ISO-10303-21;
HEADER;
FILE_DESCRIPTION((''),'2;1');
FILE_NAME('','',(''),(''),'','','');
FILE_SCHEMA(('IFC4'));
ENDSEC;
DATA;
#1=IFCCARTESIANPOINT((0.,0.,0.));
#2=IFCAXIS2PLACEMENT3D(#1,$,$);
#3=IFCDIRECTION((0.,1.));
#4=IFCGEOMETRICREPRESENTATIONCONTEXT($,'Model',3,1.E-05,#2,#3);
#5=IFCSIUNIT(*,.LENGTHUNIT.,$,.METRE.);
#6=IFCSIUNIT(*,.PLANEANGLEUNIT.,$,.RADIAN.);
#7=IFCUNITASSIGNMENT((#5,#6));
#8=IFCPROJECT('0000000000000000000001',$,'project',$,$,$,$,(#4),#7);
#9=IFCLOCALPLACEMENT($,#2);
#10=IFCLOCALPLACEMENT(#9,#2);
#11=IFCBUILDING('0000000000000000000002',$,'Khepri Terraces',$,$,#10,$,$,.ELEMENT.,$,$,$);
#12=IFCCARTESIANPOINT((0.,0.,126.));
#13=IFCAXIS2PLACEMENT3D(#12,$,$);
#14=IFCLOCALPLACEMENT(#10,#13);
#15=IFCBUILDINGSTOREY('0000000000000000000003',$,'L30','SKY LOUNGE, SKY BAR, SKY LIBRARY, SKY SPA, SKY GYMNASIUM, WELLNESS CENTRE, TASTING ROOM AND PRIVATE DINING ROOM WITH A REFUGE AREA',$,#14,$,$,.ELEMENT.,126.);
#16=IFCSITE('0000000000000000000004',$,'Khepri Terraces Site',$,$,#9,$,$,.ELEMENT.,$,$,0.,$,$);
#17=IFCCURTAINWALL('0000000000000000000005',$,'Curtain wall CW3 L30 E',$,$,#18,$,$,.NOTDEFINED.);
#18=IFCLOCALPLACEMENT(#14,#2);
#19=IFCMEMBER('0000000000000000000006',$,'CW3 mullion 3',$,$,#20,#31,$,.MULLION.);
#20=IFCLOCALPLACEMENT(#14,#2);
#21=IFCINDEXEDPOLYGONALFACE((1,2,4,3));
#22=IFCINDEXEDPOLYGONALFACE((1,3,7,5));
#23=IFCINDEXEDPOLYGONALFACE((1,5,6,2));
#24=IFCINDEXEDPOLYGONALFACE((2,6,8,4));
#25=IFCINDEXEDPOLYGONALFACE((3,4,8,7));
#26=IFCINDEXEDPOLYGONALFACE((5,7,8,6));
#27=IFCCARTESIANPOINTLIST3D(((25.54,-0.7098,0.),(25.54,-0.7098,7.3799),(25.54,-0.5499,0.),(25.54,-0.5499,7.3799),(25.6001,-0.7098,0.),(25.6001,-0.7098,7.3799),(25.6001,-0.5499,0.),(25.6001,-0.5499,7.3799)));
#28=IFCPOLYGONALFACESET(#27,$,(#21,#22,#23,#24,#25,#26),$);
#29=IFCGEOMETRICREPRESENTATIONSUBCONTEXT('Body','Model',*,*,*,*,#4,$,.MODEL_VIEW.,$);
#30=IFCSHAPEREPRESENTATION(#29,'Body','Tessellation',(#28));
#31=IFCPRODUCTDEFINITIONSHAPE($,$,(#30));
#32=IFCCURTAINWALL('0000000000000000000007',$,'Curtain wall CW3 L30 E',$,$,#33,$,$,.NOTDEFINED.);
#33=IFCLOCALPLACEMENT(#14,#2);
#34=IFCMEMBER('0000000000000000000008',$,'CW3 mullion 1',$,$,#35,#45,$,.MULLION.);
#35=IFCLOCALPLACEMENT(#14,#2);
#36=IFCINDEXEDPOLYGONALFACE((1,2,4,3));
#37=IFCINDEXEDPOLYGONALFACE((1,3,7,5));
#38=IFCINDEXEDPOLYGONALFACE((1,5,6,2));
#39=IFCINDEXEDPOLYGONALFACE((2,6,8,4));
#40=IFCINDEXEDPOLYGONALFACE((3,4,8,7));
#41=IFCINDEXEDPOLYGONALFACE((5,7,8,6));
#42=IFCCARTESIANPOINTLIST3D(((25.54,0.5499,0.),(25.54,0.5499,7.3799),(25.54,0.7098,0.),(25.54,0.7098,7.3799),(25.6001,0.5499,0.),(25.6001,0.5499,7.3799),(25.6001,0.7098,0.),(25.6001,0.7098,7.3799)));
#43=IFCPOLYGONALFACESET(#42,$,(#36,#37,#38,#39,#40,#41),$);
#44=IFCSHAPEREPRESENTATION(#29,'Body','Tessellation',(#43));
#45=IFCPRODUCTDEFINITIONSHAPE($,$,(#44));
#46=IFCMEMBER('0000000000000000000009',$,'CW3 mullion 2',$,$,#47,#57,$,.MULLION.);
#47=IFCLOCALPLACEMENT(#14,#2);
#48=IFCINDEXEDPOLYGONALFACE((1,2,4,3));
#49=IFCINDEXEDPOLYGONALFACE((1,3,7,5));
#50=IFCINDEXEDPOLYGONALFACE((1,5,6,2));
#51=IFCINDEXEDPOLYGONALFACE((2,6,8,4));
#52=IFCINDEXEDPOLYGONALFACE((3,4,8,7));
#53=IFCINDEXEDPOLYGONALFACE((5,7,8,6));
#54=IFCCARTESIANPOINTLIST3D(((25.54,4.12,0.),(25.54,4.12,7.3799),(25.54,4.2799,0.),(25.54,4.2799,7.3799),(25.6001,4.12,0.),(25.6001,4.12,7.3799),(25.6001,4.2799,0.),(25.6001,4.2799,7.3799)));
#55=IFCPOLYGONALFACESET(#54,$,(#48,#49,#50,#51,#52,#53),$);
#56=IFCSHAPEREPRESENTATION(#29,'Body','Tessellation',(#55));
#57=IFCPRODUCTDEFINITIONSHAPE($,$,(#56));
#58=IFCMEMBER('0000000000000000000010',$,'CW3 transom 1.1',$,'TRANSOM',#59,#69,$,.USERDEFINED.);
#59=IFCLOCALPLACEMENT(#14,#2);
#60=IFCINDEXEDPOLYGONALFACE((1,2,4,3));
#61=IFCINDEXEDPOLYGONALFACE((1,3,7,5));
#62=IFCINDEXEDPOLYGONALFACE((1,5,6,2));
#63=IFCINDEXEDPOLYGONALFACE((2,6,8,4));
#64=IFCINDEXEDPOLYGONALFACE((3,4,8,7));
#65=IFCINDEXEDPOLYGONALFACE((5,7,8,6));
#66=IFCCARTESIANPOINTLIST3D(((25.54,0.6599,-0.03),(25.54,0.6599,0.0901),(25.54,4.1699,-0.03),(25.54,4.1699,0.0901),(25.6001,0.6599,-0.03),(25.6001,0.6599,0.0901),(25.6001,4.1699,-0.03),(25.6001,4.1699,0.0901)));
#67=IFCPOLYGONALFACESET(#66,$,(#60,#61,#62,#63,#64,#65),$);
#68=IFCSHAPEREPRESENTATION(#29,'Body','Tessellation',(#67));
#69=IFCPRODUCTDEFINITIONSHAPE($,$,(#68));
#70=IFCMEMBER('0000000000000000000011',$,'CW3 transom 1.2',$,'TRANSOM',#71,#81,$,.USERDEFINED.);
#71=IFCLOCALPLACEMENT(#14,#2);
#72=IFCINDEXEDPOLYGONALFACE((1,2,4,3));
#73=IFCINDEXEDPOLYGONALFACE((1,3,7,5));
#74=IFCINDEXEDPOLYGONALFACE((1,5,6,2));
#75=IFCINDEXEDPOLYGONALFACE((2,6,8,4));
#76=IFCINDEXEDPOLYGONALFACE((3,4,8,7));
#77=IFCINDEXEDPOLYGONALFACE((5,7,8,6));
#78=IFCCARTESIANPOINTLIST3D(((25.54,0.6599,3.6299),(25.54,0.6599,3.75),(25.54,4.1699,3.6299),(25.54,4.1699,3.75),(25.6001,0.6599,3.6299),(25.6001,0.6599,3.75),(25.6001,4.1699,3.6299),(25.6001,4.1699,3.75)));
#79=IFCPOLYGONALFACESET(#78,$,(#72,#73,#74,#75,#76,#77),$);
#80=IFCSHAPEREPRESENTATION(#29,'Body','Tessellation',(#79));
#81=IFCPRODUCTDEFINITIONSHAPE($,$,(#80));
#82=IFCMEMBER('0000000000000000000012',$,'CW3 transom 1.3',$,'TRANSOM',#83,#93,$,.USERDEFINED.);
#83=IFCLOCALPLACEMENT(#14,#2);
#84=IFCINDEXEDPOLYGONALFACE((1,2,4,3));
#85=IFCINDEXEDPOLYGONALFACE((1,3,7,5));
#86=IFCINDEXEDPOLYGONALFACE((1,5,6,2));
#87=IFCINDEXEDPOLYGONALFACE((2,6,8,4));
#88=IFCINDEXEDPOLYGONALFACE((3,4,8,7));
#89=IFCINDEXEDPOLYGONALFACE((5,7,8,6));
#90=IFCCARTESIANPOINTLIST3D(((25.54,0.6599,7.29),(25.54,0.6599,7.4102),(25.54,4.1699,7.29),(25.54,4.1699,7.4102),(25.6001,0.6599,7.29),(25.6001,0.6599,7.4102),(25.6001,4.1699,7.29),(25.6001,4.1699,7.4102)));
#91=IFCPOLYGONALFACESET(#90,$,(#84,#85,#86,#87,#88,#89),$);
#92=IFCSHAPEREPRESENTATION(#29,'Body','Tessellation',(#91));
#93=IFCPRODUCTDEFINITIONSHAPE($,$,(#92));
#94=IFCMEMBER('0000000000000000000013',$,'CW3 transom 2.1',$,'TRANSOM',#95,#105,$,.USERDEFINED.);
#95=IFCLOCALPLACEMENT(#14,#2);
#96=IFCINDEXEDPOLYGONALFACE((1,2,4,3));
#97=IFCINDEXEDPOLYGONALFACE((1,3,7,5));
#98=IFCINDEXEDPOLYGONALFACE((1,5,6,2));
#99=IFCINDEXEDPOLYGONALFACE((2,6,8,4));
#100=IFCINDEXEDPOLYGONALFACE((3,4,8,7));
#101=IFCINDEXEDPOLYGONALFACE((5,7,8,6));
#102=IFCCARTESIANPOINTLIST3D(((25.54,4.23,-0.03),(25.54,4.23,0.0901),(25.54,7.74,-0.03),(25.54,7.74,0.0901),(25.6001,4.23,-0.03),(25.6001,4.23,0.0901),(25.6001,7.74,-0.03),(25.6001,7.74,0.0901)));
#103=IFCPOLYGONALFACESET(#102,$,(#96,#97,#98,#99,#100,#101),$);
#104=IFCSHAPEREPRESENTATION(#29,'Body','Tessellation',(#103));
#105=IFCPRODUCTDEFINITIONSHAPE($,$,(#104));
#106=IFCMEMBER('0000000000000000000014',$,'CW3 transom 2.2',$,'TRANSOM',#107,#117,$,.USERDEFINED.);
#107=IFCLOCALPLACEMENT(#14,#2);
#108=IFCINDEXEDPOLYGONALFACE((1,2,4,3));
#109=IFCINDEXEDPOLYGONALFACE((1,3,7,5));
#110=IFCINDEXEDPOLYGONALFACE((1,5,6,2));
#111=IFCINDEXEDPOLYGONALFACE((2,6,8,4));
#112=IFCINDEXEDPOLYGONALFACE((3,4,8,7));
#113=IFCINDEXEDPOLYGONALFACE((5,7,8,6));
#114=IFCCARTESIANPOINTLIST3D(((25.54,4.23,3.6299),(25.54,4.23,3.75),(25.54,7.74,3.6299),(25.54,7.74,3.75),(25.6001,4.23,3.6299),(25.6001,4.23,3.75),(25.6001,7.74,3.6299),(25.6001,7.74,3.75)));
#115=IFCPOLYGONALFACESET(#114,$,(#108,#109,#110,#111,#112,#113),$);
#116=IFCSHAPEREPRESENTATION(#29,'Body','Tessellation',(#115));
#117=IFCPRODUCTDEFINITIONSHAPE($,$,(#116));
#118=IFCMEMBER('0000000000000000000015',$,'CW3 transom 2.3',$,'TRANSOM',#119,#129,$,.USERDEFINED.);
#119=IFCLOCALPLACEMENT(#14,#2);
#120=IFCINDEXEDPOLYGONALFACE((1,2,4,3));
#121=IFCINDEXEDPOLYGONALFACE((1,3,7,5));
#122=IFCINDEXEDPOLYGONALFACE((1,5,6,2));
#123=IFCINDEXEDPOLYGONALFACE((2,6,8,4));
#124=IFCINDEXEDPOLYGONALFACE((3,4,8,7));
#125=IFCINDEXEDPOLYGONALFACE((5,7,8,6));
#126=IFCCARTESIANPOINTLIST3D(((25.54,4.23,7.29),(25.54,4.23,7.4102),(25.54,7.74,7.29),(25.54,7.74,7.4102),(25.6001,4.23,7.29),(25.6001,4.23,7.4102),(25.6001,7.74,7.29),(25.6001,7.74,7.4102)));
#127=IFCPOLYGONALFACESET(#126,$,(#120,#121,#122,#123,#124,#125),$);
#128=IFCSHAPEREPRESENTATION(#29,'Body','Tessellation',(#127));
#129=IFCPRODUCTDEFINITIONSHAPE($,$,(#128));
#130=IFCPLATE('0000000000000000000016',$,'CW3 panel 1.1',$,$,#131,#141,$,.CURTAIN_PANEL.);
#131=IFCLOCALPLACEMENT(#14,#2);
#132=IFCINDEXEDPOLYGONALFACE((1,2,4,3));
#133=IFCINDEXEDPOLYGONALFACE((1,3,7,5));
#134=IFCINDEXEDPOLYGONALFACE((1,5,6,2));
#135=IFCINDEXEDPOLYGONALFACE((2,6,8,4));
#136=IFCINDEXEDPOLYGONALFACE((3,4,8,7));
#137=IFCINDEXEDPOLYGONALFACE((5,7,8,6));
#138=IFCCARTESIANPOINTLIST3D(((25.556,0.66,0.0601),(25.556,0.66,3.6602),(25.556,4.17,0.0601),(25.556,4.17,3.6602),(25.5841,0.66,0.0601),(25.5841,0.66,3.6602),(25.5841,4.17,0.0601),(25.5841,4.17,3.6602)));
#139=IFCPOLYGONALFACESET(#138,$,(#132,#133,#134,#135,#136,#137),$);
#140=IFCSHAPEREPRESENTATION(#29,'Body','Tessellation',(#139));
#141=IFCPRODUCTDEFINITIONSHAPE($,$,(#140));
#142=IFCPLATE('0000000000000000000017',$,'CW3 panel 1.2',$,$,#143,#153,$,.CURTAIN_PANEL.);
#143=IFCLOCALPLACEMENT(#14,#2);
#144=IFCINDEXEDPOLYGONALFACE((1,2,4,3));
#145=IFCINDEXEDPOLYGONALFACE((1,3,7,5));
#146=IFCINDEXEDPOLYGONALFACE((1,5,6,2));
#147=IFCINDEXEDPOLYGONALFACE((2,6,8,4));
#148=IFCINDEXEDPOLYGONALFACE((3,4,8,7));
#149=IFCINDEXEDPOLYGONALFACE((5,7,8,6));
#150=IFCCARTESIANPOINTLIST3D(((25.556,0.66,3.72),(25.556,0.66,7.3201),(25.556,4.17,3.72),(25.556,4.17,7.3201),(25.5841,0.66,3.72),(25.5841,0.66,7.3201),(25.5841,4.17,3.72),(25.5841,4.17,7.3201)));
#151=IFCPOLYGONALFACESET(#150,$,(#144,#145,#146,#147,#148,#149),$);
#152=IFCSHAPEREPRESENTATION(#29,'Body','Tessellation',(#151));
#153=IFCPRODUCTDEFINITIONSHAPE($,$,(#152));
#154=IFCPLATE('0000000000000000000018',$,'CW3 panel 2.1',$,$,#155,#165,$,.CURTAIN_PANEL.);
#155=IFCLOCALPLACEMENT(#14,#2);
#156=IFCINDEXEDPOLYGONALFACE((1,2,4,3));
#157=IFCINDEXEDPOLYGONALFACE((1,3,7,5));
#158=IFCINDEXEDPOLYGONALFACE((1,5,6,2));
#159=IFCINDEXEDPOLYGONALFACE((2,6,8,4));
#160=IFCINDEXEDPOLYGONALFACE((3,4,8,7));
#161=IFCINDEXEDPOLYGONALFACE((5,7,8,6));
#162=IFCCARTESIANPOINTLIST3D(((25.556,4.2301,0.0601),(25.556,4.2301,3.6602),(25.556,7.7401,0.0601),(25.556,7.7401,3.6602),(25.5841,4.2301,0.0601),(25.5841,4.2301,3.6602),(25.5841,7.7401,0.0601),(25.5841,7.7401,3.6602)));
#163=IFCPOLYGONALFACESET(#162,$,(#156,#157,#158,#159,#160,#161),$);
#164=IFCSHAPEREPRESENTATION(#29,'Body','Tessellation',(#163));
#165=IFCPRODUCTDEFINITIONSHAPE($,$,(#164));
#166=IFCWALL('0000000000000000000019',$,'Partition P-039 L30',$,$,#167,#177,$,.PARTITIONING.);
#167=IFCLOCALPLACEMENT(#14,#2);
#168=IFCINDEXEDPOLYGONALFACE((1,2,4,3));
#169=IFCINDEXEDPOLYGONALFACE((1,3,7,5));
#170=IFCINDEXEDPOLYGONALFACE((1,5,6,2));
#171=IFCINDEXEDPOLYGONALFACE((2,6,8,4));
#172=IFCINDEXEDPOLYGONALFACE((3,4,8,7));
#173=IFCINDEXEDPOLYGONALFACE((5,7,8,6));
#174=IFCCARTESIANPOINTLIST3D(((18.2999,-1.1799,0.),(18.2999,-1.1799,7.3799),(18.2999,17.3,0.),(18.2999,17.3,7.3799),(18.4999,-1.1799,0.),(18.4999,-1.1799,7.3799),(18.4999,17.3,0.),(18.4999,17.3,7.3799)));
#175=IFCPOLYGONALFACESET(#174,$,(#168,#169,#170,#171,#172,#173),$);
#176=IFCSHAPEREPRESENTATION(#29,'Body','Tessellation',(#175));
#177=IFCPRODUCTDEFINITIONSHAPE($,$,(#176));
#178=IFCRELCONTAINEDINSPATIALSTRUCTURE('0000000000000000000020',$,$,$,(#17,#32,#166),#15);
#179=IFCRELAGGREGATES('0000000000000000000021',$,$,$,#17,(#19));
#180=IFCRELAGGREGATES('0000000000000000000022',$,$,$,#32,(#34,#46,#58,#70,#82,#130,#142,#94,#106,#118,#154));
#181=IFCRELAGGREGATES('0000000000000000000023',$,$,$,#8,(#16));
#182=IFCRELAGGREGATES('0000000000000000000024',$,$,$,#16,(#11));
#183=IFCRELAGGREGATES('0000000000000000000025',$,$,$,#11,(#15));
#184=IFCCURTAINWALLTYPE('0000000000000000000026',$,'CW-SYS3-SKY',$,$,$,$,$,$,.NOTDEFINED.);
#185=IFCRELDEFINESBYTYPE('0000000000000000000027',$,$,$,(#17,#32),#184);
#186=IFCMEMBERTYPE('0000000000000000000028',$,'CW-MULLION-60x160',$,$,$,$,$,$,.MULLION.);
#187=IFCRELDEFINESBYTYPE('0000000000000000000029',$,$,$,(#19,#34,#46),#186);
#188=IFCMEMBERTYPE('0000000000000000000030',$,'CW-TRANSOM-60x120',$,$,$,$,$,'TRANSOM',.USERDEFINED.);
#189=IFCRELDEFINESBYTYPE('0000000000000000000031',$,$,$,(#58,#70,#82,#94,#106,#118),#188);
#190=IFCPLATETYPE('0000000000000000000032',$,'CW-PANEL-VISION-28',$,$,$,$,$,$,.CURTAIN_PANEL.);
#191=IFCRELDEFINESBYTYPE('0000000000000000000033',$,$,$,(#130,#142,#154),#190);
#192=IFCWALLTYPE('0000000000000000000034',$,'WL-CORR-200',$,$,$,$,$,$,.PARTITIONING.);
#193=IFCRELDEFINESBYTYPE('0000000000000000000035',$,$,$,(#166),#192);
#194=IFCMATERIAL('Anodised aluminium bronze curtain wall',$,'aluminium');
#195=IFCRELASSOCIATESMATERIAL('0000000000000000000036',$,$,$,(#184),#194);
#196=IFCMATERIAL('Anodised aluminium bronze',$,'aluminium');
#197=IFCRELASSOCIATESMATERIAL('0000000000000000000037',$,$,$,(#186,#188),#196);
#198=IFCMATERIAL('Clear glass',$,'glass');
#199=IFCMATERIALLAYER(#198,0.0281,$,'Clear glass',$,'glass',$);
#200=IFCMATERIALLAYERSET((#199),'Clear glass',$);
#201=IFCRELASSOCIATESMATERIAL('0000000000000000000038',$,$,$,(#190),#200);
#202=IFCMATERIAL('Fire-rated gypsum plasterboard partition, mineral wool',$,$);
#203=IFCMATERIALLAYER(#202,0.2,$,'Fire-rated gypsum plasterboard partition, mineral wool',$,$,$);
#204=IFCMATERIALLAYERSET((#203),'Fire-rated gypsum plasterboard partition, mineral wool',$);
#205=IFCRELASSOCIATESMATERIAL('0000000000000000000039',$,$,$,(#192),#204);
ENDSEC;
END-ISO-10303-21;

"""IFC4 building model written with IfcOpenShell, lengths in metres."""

from ifc_helpers import new_model, si_unit, direction, frame, frame_2d, origin, origin_2d, place, context, subcontext, project, spatial, rectangle, extrude, material, layer, layer_set, material_profile, profile_set, type_object, element, aggregate, save


model = new_model("IFC4")

# Units and contexts
model_context = context("Model", 3, precision=1e-05, world=origin(), true_north=direction((0.0, 1.0)))
body_context = subcontext(model_context, "Body", "Model", "MODEL_VIEW")
ifc_project = project(units=[si_unit("LENGTHUNIT", "METRE"), si_unit("PLANEANGLEUNIT", "RADIAN")], contexts=[model_context])

# Site, building, storey
site_placement = place(None, origin())
site = spatial("IfcSite", under=ifc_project, at=site_placement, Name="Khepri Terraces Site", CompositionType="ELEMENT", RefElevation=0.0)
building_placement = place(site_placement, origin())
building = spatial("IfcBuilding", under=site, at=building_placement, Name="Khepri Terraces", CompositionType="ELEMENT")
storey_placement = place(building_placement, frame((0.0, 0.0, 126.0)))
storey = spatial("IfcBuildingStorey", under=building, at=storey_placement, Name="L30", Description="SKY LOUNGE, SKY BAR, SKY LIBRARY, SKY SPA, SKY GYMNASIUM, WELLNESS CENTRE, TASTING ROOM AND PRIVATE DINING ROOM WITH A REFUGE AREA", CompositionType="ELEMENT", Elevation=126.0)

# Curtain wall, member
ifc_material_1 = material(Name="Anodised aluminium bronze curtain wall", Category="aluminium")
curtain_wall_type = type_object("IfcCurtainWallType", Name="CW-SYS3-SKY", PredefinedType="NOTDEFINED", material=ifc_material_1)
curtain_wall_1_placement = place(storey_placement, origin())
curtain_wall_1 = element("IfcCurtainWall", 1, at=curtain_wall_1_placement, inside=storey, type_object=curtain_wall_type, Name="Curtain wall CW3 L30 E", PredefinedType="NOTDEFINED")
ifc_material_2 = material(Name="Anodised aluminium bronze", Category="aluminium")
ifc_material_profile_1 = material_profile(ifc_material_2, rectangle(XDim=0.0601, YDim=0.1599, at=origin_2d()), Name="Anodised aluminium bronze", Category="aluminium")
ifc_profile_set_1 = profile_set([ifc_material_profile_1], Name="Anodised aluminium bronze")
member_type_1 = type_object("IfcMemberType", Name="CW-MULLION-60x160", PredefinedType="MULLION", material=ifc_profile_set_1)
member_1_placement = place(storey_placement, frame((25.5701, -0.6299, 0.0), z_axis=(0.0, 0.0, 1.0), x_axis=(-1.0, 0.0, 0.0)))
member_1 = element("IfcMember", 2, at=member_1_placement, type_object=member_type_1, Name="CW3 mullion 3", PredefinedType="MULLION", context=body_context, shape_type="SweptSolid", body=[
    extrude(rectangle(XDim=0.0601, YDim=0.1599, at=origin_2d()), origin(), (0.0, 0.0, 1.0), 7.3799),
])
aggregate(curtain_wall_1, [member_1])

# Curtain wall, members, plates
curtain_wall_2_placement = place(storey_placement, origin())
curtain_wall_2 = element("IfcCurtainWall", 3, at=curtain_wall_2_placement, inside=storey, type_object=curtain_wall_type, Name="Curtain wall CW3 L30 E", PredefinedType="NOTDEFINED")
member_2_placement = place(storey_placement, frame((25.5701, 0.6299, 0.0), z_axis=(0.0, 0.0, 1.0), x_axis=(-1.0, 0.0, 0.0)))
member_2 = element("IfcMember", 4, at=member_2_placement, type_object=member_type_1, Name="CW3 mullion 1", PredefinedType="MULLION", context=body_context, shape_type="SweptSolid", body=[
    extrude(rectangle(XDim=0.0601, YDim=0.1599, at=origin_2d()), origin(), (0.0, 0.0, 1.0), 7.3799),
])
member_3_placement = place(storey_placement, frame((25.5701, 4.2, 0.0), z_axis=(0.0, 0.0, 1.0), x_axis=(-1.0, 0.0, 0.0)))
member_3 = element("IfcMember", 5, at=member_3_placement, type_object=member_type_1, Name="CW3 mullion 2", PredefinedType="MULLION", context=body_context, shape_type="SweptSolid", body=[
    extrude(rectangle(XDim=0.0601, YDim=0.1599, at=origin_2d()), origin(), (0.0, 0.0, 1.0), 7.3799),
])
ifc_material_profile_2 = material_profile(ifc_material_2, rectangle(XDim=0.0601, YDim=0.1201, at=origin_2d()), Name="Anodised aluminium bronze", Category="aluminium")
ifc_profile_set_2 = profile_set([ifc_material_profile_2], Name="Anodised aluminium bronze")
member_type_2 = type_object("IfcMemberType", Name="CW-TRANSOM-60x120", ElementType="TRANSOM", PredefinedType="USERDEFINED", material=ifc_profile_set_2)
member_4_placement = place(storey_placement, frame((25.5701, 0.6599, 0.03), z_axis=(0.0, 1.0, 0.0), x_axis=(-1.0, 0.0, 0.0)))
member_4 = element("IfcMember", 6, at=member_4_placement, type_object=member_type_2, Name="CW3 transom 1.1", ObjectType="TRANSOM", PredefinedType="USERDEFINED", context=body_context, shape_type="SweptSolid", body=[
    extrude(rectangle(XDim=0.0601, YDim=0.1201, at=origin_2d()), origin(), (0.0, 0.0, 1.0), 3.51),
])
member_5_placement = place(storey_placement, frame((25.5701, 0.6599, 3.6899), z_axis=(0.0, 1.0, 0.0), x_axis=(-1.0, 0.0, 0.0)))
member_5 = element("IfcMember", 7, at=member_5_placement, type_object=member_type_2, Name="CW3 transom 1.2", ObjectType="TRANSOM", PredefinedType="USERDEFINED", context=body_context, shape_type="SweptSolid", body=[
    extrude(rectangle(XDim=0.0601, YDim=0.1201, at=origin_2d()), origin(), (0.0, 0.0, 1.0), 3.51),
])
member_6_placement = place(storey_placement, frame((25.5701, 0.6599, 7.3501), z_axis=(0.0, 1.0, 0.0), x_axis=(-1.0, 0.0, 0.0)))
member_6 = element("IfcMember", 8, at=member_6_placement, type_object=member_type_2, Name="CW3 transom 1.3", ObjectType="TRANSOM", PredefinedType="USERDEFINED", context=body_context, shape_type="SweptSolid", body=[
    extrude(rectangle(XDim=0.0601, YDim=0.1201, at=origin_2d()), origin(), (0.0, 0.0, 1.0), 3.51),
])
member_7_placement = place(storey_placement, frame((25.5701, 4.23, 0.03), z_axis=(0.0, 1.0, 0.0), x_axis=(-1.0, 0.0, 0.0)))
member_7 = element("IfcMember", 9, at=member_7_placement, type_object=member_type_2, Name="CW3 transom 2.1", ObjectType="TRANSOM", PredefinedType="USERDEFINED", context=body_context, shape_type="SweptSolid", body=[
    extrude(rectangle(XDim=0.0601, YDim=0.1201, at=origin_2d()), origin(), (0.0, 0.0, 1.0), 3.51),
])
member_8_placement = place(storey_placement, frame((25.5701, 4.23, 3.6899), z_axis=(0.0, 1.0, 0.0), x_axis=(-1.0, 0.0, 0.0)))
member_8 = element("IfcMember", 10, at=member_8_placement, type_object=member_type_2, Name="CW3 transom 2.2", ObjectType="TRANSOM", PredefinedType="USERDEFINED", context=body_context, shape_type="SweptSolid", body=[
    extrude(rectangle(XDim=0.0601, YDim=0.1201, at=origin_2d()), origin(), (0.0, 0.0, 1.0), 3.51),
])
member_9_placement = place(storey_placement, frame((25.5701, 4.23, 7.3501), z_axis=(0.0, 1.0, 0.0), x_axis=(-1.0, 0.0, 0.0)))
member_9 = element("IfcMember", 11, at=member_9_placement, type_object=member_type_2, Name="CW3 transom 2.3", ObjectType="TRANSOM", PredefinedType="USERDEFINED", context=body_context, shape_type="SweptSolid", body=[
    extrude(rectangle(XDim=0.0601, YDim=0.1201, at=origin_2d()), origin(), (0.0, 0.0, 1.0), 3.51),
])
ifc_material_3 = material(Name="Clear glass", Category="glass")
ifc_layer_1 = layer(ifc_material_3, 0.0281, Name="Clear glass", Category="glass")
ifc_layer_set_1 = layer_set([ifc_layer_1], Name="Clear glass")
plate_type = type_object("IfcPlateType", Name="CW-PANEL-VISION-28", PredefinedType="CURTAIN_PANEL", material=ifc_layer_set_1)
plate_1_placement = place(storey_placement, frame((25.5701, 2.415, 0.0601), z_axis=(0.0, 0.0, 1.0), x_axis=(0.0, 1.0, 0.0)))
plate_1 = element("IfcPlate", 12, at=plate_1_placement, type_object=plate_type, Name="CW3 panel 1.1", PredefinedType="CURTAIN_PANEL", context=body_context, shape_type="SweptSolid", body=[
    extrude(rectangle(XDim=3.51, YDim=0.0281, at=origin_2d()), origin(), (0.0, 0.0, 1.0), 3.6001),
])
plate_2_placement = place(storey_placement, frame((25.5701, 2.415, 3.72), z_axis=(0.0, 0.0, 1.0), x_axis=(0.0, 1.0, 0.0)))
plate_2 = element("IfcPlate", 13, at=plate_2_placement, type_object=plate_type, Name="CW3 panel 1.2", PredefinedType="CURTAIN_PANEL", context=body_context, shape_type="SweptSolid", body=[
    extrude(rectangle(XDim=3.51, YDim=0.0281, at=origin_2d()), origin(), (0.0, 0.0, 1.0), 3.6001),
])
plate_3_placement = place(storey_placement, frame((25.5701, 5.9851, 0.0601), z_axis=(0.0, 0.0, 1.0), x_axis=(0.0, 1.0, 0.0)))
plate_3 = element("IfcPlate", 14, at=plate_3_placement, type_object=plate_type, Name="CW3 panel 2.1", PredefinedType="CURTAIN_PANEL", context=body_context, shape_type="SweptSolid", body=[
    extrude(rectangle(XDim=3.51, YDim=0.0281, at=origin_2d()), origin(), (0.0, 0.0, 1.0), 3.6001),
])
aggregate(curtain_wall_2, [member_2, member_3, member_4, member_5, member_6, plate_1, plate_2, member_7, member_8, member_9, plate_3])

# Wall
ifc_material_4 = material(Name="Fire-rated gypsum plasterboard partition, mineral wool")
ifc_layer_2 = layer(ifc_material_4, 0.2, Name="Fire-rated gypsum plasterboard partition, mineral wool")
ifc_layer_set_2 = layer_set([ifc_layer_2], Name="Fire-rated gypsum plasterboard partition, mineral wool")
wall_type = type_object("IfcWallType", Name="WL-CORR-200", PredefinedType="PARTITIONING", material=ifc_layer_set_2)
wall_placement = place(storey_placement, frame((18.3999, -1.1799, 0.0), z_axis=(0.0, 0.0, 1.0), x_axis=(0.0, 1.0, 0.0)))
element("IfcWall", 15, at=wall_placement, inside=storey, type_object=wall_type, Name="Partition P-039 L30", PredefinedType="PARTITIONING", context=body_context, shape_type="SweptSolid", body=[
    extrude(rectangle(XDim=18.48, YDim=0.2, at=frame_2d((9.24, 0.0))), origin(), (0.0, 0.0, 1.0), 7.3799),
])

save(model, "model.ifc")
